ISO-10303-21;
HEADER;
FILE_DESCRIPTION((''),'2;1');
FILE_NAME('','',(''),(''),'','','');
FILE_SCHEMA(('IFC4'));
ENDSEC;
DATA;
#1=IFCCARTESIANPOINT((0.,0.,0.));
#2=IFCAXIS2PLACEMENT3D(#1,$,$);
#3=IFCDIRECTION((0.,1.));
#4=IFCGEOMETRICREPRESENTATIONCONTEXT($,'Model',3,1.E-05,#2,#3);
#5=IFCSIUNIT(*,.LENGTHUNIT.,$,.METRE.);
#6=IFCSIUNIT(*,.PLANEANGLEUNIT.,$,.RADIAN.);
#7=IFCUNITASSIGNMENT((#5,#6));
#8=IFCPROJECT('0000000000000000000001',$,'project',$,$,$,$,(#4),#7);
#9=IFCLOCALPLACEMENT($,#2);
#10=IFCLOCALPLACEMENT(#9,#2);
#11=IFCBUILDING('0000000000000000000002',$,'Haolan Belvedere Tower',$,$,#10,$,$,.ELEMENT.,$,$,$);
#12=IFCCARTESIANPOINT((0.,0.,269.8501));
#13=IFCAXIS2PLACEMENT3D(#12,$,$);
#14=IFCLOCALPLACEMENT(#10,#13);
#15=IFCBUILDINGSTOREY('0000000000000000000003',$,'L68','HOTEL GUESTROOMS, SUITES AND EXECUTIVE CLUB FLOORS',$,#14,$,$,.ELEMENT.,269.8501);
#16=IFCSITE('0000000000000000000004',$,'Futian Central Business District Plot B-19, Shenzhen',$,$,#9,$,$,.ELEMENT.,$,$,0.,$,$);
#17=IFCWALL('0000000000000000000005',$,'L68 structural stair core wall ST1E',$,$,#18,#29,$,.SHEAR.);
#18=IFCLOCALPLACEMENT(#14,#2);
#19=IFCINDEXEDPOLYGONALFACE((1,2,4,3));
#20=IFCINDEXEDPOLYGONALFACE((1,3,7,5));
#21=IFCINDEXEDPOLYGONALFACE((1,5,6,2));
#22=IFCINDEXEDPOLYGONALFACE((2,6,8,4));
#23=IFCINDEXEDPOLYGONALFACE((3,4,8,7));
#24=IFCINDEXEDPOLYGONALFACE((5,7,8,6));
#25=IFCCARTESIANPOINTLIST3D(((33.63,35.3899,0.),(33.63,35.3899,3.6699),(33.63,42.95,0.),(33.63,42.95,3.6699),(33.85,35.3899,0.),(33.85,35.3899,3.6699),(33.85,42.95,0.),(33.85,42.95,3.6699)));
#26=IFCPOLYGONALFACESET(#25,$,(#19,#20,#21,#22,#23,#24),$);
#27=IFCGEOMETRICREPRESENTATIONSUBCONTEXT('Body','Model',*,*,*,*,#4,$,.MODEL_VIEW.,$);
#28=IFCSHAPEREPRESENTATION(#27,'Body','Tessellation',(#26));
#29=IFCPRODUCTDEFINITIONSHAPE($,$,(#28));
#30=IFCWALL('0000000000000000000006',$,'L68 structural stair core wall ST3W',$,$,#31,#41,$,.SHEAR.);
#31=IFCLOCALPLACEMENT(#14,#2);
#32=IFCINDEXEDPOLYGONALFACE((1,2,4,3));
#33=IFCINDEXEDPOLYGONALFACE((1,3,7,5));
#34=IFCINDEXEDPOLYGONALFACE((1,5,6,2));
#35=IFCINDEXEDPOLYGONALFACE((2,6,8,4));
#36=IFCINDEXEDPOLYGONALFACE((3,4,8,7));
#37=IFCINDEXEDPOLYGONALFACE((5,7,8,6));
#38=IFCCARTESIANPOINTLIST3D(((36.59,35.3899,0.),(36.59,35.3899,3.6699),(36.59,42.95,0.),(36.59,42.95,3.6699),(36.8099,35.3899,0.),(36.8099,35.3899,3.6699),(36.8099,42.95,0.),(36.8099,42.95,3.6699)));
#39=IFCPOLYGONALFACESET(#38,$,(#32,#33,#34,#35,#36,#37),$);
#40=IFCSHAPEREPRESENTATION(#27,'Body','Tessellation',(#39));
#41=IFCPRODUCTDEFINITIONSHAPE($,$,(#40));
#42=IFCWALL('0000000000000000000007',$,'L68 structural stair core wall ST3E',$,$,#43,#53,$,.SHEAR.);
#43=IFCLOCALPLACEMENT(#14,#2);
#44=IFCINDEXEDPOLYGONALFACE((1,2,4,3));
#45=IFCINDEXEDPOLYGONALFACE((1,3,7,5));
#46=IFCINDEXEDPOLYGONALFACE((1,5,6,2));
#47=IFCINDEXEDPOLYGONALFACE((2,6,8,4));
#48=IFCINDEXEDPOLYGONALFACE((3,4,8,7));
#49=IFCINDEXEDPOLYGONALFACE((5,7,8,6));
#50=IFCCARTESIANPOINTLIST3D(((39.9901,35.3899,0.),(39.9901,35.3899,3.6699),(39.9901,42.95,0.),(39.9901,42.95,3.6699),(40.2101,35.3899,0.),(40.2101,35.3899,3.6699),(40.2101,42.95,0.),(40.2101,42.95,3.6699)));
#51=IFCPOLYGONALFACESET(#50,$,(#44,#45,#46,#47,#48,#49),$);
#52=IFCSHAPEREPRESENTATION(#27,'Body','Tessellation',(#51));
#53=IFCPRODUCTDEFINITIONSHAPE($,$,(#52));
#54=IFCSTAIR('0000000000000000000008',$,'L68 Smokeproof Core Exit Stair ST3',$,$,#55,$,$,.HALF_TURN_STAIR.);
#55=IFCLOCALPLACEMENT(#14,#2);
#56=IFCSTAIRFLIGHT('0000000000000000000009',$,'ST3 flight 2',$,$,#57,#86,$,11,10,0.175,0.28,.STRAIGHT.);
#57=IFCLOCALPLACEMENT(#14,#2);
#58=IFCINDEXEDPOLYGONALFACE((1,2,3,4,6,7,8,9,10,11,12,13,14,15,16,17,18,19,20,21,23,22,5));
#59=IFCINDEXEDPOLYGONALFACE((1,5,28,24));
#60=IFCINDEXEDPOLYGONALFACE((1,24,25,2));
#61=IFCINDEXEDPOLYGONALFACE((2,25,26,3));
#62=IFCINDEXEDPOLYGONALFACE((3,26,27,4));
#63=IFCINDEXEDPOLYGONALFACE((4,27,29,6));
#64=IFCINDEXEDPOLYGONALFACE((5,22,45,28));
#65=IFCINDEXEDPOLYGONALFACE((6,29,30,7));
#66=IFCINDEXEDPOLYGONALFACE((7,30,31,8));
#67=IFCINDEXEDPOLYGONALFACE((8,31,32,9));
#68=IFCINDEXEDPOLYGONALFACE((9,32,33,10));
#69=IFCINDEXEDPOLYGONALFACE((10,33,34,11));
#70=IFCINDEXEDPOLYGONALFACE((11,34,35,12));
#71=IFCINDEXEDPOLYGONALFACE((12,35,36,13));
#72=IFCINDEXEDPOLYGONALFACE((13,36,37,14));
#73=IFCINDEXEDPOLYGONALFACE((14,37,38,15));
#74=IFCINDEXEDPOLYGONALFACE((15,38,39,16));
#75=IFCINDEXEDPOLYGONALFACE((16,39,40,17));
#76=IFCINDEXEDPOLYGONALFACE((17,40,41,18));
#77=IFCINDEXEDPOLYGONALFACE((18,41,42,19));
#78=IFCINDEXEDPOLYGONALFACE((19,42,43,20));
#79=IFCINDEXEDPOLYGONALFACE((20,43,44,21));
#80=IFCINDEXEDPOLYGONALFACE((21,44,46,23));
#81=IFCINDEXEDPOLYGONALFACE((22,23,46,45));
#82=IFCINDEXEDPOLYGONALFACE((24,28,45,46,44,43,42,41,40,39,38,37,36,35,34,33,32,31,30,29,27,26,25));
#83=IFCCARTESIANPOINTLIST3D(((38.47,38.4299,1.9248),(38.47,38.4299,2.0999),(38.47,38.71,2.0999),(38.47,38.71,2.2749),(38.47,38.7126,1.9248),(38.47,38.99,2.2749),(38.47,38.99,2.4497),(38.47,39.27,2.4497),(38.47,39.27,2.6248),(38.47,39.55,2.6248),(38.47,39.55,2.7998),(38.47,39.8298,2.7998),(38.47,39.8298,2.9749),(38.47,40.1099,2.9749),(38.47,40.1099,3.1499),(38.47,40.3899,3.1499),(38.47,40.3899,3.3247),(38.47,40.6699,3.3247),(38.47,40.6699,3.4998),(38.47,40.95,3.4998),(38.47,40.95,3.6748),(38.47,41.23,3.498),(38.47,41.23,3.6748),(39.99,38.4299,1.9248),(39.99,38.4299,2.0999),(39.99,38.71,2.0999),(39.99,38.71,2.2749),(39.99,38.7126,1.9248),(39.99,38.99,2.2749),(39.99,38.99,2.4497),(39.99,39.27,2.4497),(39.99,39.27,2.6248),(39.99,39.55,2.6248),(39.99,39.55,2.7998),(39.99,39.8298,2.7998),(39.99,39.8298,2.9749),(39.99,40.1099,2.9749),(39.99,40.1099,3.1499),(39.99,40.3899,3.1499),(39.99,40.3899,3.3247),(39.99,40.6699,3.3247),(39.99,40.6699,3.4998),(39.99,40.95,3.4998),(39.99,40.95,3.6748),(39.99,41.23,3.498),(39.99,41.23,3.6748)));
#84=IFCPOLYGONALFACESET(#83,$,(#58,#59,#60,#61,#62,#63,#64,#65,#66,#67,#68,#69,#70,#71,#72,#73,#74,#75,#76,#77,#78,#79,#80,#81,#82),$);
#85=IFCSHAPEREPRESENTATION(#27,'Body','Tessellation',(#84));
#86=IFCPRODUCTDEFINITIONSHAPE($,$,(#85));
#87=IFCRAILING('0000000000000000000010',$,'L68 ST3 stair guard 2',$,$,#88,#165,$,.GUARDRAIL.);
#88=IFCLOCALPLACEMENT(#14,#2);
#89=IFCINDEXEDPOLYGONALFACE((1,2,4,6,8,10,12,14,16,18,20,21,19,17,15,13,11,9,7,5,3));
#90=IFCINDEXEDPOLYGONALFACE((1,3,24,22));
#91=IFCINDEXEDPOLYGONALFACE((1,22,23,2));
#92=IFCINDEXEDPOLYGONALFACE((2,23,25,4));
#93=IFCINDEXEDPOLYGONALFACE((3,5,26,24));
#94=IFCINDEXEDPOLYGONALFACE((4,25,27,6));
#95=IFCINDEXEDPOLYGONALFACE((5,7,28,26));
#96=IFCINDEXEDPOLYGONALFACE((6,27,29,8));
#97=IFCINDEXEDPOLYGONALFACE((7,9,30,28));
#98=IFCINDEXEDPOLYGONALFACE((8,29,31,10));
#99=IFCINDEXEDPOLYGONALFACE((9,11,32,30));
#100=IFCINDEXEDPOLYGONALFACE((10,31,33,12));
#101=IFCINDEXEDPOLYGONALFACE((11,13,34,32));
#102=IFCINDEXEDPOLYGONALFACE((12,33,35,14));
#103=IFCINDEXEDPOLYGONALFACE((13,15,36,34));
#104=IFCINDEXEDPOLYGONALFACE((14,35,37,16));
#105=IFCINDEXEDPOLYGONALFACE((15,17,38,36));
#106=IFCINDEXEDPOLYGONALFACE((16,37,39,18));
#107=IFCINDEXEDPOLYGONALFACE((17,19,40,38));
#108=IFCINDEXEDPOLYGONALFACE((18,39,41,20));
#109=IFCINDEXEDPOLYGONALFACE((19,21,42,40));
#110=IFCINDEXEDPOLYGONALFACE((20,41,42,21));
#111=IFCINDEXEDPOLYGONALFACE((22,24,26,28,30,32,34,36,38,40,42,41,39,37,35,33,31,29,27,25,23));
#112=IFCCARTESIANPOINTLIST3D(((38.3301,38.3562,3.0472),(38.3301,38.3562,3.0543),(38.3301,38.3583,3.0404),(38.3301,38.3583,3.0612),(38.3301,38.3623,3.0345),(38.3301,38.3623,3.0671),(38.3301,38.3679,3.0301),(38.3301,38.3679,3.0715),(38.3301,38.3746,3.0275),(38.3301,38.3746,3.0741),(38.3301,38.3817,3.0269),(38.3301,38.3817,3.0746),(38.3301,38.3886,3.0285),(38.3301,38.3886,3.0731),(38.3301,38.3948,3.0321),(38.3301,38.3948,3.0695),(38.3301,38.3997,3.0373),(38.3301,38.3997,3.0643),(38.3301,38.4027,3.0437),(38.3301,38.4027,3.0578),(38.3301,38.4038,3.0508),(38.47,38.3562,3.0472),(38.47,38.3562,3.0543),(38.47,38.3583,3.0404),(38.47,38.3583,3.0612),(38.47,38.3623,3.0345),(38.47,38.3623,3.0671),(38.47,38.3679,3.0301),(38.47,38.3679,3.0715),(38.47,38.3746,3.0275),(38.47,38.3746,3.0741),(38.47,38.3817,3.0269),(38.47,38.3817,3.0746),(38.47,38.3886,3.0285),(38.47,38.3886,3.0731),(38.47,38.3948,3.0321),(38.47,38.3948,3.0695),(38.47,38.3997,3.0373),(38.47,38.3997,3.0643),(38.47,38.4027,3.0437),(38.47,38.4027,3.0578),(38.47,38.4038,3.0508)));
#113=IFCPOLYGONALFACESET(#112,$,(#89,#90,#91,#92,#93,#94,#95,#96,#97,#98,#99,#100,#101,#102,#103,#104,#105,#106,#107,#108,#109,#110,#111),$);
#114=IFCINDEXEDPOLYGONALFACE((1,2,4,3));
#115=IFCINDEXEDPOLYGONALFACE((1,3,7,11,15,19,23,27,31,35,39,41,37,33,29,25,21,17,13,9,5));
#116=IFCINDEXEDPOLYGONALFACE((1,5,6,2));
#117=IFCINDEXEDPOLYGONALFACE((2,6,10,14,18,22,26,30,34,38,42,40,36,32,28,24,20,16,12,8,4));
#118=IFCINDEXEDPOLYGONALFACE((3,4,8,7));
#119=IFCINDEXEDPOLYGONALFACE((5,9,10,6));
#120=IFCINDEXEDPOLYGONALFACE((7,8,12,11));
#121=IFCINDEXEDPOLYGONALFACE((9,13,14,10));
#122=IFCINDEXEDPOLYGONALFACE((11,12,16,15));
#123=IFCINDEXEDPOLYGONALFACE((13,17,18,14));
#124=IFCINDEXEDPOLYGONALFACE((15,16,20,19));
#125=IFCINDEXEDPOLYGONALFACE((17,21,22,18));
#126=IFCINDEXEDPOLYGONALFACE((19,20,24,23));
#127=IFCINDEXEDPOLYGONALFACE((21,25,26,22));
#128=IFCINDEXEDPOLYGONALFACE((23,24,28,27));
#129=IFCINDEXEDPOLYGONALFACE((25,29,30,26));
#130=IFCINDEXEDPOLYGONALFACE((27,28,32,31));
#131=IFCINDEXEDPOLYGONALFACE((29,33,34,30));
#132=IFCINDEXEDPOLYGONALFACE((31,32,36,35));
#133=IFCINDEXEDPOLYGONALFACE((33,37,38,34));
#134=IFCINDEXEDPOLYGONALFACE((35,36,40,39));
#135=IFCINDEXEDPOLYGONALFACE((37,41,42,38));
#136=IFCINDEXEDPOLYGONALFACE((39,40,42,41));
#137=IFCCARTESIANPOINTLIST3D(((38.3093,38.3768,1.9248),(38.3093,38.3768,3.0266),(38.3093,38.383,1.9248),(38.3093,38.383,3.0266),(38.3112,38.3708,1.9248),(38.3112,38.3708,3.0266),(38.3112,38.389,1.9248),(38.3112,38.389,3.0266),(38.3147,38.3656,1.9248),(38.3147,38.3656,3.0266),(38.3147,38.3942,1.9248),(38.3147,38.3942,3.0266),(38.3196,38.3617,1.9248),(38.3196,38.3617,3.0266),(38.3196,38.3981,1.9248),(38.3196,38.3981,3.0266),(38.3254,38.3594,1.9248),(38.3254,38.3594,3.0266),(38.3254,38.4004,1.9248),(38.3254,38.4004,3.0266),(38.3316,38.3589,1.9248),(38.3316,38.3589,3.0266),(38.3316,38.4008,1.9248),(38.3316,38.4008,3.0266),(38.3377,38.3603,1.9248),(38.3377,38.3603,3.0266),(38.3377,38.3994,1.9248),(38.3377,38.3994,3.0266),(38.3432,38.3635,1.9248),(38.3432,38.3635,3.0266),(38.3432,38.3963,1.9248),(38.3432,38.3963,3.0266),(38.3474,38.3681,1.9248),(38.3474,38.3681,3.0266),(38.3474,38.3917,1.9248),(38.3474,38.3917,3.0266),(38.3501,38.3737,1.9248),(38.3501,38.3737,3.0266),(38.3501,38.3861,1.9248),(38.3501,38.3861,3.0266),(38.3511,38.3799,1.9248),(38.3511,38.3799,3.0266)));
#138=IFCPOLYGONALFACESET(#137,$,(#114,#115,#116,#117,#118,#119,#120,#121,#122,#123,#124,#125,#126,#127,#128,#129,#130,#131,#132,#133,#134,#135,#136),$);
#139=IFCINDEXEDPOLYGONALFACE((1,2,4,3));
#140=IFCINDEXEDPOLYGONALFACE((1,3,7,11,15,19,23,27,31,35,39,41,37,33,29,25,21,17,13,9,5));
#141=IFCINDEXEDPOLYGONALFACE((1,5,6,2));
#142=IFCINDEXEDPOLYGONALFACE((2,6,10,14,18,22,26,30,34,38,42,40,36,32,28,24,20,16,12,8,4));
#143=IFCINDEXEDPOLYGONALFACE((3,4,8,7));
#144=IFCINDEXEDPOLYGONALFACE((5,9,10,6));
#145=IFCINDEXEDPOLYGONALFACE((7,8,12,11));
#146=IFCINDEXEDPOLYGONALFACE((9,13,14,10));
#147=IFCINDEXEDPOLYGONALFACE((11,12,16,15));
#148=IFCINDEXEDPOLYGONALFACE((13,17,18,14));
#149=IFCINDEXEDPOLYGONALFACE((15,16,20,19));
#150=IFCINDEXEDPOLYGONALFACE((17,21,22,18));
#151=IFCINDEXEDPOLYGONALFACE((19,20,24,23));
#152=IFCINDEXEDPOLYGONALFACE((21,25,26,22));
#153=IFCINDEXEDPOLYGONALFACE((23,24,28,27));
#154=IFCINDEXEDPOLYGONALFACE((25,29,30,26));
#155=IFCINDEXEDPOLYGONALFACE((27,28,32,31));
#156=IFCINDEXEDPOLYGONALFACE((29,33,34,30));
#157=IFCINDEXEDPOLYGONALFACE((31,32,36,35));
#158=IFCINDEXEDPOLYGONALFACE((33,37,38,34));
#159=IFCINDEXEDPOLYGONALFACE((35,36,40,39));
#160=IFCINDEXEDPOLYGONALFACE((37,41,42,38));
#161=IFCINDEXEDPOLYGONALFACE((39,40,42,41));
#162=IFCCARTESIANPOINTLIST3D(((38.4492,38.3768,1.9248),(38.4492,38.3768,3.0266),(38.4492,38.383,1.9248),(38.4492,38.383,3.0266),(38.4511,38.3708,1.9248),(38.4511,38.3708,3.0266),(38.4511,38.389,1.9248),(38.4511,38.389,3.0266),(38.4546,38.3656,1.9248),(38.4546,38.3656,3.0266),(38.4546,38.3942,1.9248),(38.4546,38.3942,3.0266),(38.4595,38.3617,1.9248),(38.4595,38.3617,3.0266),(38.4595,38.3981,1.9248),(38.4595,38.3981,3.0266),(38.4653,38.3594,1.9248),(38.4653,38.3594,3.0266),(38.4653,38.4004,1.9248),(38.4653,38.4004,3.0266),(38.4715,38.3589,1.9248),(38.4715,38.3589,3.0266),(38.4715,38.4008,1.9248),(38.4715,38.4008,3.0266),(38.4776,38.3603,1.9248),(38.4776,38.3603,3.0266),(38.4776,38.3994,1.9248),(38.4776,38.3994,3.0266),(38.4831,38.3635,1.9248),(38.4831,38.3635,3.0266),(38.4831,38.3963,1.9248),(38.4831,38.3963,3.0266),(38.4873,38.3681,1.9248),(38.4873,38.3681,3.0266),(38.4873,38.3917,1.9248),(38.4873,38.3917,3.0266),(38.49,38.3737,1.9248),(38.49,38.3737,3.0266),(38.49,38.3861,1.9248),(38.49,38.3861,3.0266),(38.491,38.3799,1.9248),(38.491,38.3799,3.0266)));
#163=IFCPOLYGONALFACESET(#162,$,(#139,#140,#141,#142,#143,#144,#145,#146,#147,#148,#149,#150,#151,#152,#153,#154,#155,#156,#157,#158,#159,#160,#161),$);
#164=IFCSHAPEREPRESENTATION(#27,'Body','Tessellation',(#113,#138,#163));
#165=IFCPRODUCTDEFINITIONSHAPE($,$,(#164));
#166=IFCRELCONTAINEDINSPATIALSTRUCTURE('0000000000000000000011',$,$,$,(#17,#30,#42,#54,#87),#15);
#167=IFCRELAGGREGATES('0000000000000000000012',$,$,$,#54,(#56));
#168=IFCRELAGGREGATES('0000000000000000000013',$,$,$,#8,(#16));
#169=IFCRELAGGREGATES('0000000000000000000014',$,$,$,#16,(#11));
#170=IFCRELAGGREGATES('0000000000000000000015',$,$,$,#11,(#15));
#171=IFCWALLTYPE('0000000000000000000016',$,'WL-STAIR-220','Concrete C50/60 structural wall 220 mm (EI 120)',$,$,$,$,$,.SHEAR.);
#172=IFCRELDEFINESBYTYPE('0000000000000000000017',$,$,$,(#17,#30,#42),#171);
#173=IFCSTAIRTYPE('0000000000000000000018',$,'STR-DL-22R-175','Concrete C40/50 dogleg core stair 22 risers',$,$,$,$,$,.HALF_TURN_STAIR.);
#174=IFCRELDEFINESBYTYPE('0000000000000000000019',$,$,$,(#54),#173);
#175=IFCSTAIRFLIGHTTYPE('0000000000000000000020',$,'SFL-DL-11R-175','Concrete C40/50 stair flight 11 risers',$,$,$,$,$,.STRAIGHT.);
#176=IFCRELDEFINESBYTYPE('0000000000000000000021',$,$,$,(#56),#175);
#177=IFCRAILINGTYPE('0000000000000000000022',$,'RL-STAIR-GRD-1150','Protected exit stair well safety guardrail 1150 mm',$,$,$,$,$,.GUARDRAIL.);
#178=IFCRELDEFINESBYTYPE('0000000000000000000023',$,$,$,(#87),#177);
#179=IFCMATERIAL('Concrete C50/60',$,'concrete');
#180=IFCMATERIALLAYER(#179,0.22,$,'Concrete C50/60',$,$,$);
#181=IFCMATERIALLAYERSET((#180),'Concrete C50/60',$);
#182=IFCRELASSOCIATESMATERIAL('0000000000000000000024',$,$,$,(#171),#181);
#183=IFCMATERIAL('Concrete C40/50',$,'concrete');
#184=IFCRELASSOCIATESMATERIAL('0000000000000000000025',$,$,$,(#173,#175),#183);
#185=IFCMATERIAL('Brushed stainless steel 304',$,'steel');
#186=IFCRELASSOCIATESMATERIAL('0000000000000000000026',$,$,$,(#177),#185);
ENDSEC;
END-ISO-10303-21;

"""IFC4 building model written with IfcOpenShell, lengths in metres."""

from ifc_helpers import new_model, si_unit, direction, frame, frame_2d, origin, origin_2d, place, context, subcontext, project, spatial, polyline, rectangle, circle, outline, extrude, material, layer, layer_set, type_object, element, aggregate, save


model = new_model("IFC4")

# Units and contexts
model_context = context("Model", 3, precision=1e-05, world=origin(), true_north=direction((0.0, 1.0)))
body_context = subcontext(model_context, "Body", "Model", "MODEL_VIEW")
ifc_project = project(units=[si_unit("LENGTHUNIT", "METRE"), si_unit("PLANEANGLEUNIT", "RADIAN")], contexts=[model_context])

# Site, building, storey
site_placement = place(None, origin())
site = spatial("IfcSite", under=ifc_project, at=site_placement, Name="Futian Central Business District Plot B-19, Shenzhen", CompositionType="ELEMENT", RefElevation=0.0)
building_placement = place(site_placement, origin())
building = spatial("IfcBuilding", under=site, at=building_placement, Name="Haolan Belvedere Tower", CompositionType="ELEMENT")
storey_placement = place(building_placement, frame((0.0, 0.0, 269.8501)))
storey = spatial("IfcBuildingStorey", under=building, at=storey_placement, Name="L68", Description="HOTEL GUESTROOMS, SUITES AND EXECUTIVE CLUB FLOORS", CompositionType="ELEMENT", Elevation=269.8501)

# Walls
ifc_material_1 = material(Name="Concrete C50/60", Category="concrete")
ifc_layer_1 = layer(ifc_material_1, 0.22, Name="Concrete C50/60")
ifc_layer_set_1 = layer_set([ifc_layer_1], Name="Concrete C50/60")
wall_type_1 = type_object("IfcWallType", Name="WL-STAIR-220", Description="Concrete C50/60 structural wall 220 mm (EI 120)", PredefinedType="SHEAR", material=ifc_layer_set_1)
for number, where, z_axis, x_axis, name in (
    (1, (33.74, 35.3899, 0.0), (0.0, 0.0, 1.0), (0.0, 1.0, 0.0), "L68 structural stair core wall ST1E"),
    (2, (36.7, 35.3899, 0.0), (0.0, 0.0, 1.0), (0.0, 1.0, 0.0), "L68 structural stair core wall ST3W"),
    (3, (40.1001, 35.3899, 0.0), (0.0, 0.0, 1.0), (0.0, 1.0, 0.0), "L68 structural stair core wall ST3E"),
):
    element("IfcWall", number, at=place(storey_placement, frame(where, z_axis=z_axis, x_axis=x_axis)), inside=storey, type_object=wall_type_1, Name=name, PredefinedType="SHEAR", context=body_context, shape_type="SweptSolid", body=[
        extrude(rectangle(XDim=7.5601, YDim=0.22, at=frame_2d((3.78, 0.0))), origin(), (0.0, 0.0, 1.0), 3.6699),
    ])

# Stair, stair flight
ifc_material_2 = material(Name="Concrete C40/50", Category="concrete")
stair_type = type_object("IfcStairType", Name="STR-DL-22R-175", Description="Concrete C40/50 dogleg core stair 22 risers", PredefinedType="HALF_TURN_STAIR", material=ifc_material_2)
stair_placement = place(storey_placement, origin())
stair = element("IfcStair", 4, at=stair_placement, inside=storey, type_object=stair_type, Name="L68 Smokeproof Core Exit Stair ST3", PredefinedType="HALF_TURN_STAIR")
stair_flight_type = type_object("IfcStairFlightType", Name="SFL-DL-11R-175", Description="Concrete C40/50 stair flight 11 risers", PredefinedType="STRAIGHT", material=ifc_material_2)
stair_flight_placement = place(storey_placement, frame((39.23, 38.4299, 1.9248), z_axis=(0.0, 0.0, 1.0), x_axis=(0.0, 1.0, 0.0)))
stair_flight = element("IfcStairFlight", 5, at=stair_flight_placement, type_object=stair_flight_type, Name="ST3 flight 2", NumberOfRisers=11, NumberOfTreads=10, PredefinedType="STRAIGHT", RiserHeight=0.175, TreadLength=0.28, context=body_context, shape_type="SweptSolid", body=[
    extrude(outline(polyline([(0.0, 0.0), (0.0, 0.175), (0.28, 0.175), (0.28, 0.3501), (0.5601, 0.3501), (0.5601, 0.5249), (0.8401, 0.5249), (0.8401, 0.7), (1.1201, 0.7), (1.1201, 0.875), (1.3999, 0.875), (1.3999, 1.05), (1.6799, 1.05), (1.6799, 1.2251), (1.96, 1.2251), (1.96, 1.3999), (2.24, 1.3999), (2.24, 1.575), (2.52, 1.575), (2.52, 1.75), (2.8, 1.75), (2.8, 1.925), (2.8, 1.5732), (0.2827, 0.0), (0.0, 0.0)])), frame((0.0, 0.76, 0.0), z_axis=(0.0, -1.0, 0.0), x_axis=(1.0, 0.0, 0.0)), (0.0, 0.0, 1.0), 1.52),
])
aggregate(stair, [stair_flight])

# Railing
ifc_material_3 = material(Name="Brushed stainless steel 304", Category="steel")
railing_type_1 = type_object("IfcRailingType", Name="RL-STAIR-GRD-1150", Description="Protected exit stair well safety guardrail 1150 mm", PredefinedType="GUARDRAIL", material=ifc_material_3)
railing_1_placement = place(storey_placement, frame((38.3301, 38.3799, 1.9248)))
element("IfcRailing", 6, at=railing_1_placement, inside=storey, type_object=railing_type_1, Name="L68 ST3 stair guard 2", PredefinedType="GUARDRAIL", context=body_context, shape_type="SweptSolid", body=[
    extrude(circle(Radius=0.0239, at=origin_2d()), frame((0.0, 0.0, 1.126), z_axis=(1.0, 0.0, 0.0), x_axis=(0.0, 1.0, 0.0)), (0.0, 0.0, 1.0), 0.1399),
    extrude(circle(Radius=0.021, at=origin_2d()), origin(), (0.0, 0.0, 1.0), 1.1018),
    extrude(circle(Radius=0.021, at=origin_2d()), frame((0.1399, 0.0, 0.0)), (0.0, 0.0, 1.0), 1.1018),
])

save(model, "model.ifc")
